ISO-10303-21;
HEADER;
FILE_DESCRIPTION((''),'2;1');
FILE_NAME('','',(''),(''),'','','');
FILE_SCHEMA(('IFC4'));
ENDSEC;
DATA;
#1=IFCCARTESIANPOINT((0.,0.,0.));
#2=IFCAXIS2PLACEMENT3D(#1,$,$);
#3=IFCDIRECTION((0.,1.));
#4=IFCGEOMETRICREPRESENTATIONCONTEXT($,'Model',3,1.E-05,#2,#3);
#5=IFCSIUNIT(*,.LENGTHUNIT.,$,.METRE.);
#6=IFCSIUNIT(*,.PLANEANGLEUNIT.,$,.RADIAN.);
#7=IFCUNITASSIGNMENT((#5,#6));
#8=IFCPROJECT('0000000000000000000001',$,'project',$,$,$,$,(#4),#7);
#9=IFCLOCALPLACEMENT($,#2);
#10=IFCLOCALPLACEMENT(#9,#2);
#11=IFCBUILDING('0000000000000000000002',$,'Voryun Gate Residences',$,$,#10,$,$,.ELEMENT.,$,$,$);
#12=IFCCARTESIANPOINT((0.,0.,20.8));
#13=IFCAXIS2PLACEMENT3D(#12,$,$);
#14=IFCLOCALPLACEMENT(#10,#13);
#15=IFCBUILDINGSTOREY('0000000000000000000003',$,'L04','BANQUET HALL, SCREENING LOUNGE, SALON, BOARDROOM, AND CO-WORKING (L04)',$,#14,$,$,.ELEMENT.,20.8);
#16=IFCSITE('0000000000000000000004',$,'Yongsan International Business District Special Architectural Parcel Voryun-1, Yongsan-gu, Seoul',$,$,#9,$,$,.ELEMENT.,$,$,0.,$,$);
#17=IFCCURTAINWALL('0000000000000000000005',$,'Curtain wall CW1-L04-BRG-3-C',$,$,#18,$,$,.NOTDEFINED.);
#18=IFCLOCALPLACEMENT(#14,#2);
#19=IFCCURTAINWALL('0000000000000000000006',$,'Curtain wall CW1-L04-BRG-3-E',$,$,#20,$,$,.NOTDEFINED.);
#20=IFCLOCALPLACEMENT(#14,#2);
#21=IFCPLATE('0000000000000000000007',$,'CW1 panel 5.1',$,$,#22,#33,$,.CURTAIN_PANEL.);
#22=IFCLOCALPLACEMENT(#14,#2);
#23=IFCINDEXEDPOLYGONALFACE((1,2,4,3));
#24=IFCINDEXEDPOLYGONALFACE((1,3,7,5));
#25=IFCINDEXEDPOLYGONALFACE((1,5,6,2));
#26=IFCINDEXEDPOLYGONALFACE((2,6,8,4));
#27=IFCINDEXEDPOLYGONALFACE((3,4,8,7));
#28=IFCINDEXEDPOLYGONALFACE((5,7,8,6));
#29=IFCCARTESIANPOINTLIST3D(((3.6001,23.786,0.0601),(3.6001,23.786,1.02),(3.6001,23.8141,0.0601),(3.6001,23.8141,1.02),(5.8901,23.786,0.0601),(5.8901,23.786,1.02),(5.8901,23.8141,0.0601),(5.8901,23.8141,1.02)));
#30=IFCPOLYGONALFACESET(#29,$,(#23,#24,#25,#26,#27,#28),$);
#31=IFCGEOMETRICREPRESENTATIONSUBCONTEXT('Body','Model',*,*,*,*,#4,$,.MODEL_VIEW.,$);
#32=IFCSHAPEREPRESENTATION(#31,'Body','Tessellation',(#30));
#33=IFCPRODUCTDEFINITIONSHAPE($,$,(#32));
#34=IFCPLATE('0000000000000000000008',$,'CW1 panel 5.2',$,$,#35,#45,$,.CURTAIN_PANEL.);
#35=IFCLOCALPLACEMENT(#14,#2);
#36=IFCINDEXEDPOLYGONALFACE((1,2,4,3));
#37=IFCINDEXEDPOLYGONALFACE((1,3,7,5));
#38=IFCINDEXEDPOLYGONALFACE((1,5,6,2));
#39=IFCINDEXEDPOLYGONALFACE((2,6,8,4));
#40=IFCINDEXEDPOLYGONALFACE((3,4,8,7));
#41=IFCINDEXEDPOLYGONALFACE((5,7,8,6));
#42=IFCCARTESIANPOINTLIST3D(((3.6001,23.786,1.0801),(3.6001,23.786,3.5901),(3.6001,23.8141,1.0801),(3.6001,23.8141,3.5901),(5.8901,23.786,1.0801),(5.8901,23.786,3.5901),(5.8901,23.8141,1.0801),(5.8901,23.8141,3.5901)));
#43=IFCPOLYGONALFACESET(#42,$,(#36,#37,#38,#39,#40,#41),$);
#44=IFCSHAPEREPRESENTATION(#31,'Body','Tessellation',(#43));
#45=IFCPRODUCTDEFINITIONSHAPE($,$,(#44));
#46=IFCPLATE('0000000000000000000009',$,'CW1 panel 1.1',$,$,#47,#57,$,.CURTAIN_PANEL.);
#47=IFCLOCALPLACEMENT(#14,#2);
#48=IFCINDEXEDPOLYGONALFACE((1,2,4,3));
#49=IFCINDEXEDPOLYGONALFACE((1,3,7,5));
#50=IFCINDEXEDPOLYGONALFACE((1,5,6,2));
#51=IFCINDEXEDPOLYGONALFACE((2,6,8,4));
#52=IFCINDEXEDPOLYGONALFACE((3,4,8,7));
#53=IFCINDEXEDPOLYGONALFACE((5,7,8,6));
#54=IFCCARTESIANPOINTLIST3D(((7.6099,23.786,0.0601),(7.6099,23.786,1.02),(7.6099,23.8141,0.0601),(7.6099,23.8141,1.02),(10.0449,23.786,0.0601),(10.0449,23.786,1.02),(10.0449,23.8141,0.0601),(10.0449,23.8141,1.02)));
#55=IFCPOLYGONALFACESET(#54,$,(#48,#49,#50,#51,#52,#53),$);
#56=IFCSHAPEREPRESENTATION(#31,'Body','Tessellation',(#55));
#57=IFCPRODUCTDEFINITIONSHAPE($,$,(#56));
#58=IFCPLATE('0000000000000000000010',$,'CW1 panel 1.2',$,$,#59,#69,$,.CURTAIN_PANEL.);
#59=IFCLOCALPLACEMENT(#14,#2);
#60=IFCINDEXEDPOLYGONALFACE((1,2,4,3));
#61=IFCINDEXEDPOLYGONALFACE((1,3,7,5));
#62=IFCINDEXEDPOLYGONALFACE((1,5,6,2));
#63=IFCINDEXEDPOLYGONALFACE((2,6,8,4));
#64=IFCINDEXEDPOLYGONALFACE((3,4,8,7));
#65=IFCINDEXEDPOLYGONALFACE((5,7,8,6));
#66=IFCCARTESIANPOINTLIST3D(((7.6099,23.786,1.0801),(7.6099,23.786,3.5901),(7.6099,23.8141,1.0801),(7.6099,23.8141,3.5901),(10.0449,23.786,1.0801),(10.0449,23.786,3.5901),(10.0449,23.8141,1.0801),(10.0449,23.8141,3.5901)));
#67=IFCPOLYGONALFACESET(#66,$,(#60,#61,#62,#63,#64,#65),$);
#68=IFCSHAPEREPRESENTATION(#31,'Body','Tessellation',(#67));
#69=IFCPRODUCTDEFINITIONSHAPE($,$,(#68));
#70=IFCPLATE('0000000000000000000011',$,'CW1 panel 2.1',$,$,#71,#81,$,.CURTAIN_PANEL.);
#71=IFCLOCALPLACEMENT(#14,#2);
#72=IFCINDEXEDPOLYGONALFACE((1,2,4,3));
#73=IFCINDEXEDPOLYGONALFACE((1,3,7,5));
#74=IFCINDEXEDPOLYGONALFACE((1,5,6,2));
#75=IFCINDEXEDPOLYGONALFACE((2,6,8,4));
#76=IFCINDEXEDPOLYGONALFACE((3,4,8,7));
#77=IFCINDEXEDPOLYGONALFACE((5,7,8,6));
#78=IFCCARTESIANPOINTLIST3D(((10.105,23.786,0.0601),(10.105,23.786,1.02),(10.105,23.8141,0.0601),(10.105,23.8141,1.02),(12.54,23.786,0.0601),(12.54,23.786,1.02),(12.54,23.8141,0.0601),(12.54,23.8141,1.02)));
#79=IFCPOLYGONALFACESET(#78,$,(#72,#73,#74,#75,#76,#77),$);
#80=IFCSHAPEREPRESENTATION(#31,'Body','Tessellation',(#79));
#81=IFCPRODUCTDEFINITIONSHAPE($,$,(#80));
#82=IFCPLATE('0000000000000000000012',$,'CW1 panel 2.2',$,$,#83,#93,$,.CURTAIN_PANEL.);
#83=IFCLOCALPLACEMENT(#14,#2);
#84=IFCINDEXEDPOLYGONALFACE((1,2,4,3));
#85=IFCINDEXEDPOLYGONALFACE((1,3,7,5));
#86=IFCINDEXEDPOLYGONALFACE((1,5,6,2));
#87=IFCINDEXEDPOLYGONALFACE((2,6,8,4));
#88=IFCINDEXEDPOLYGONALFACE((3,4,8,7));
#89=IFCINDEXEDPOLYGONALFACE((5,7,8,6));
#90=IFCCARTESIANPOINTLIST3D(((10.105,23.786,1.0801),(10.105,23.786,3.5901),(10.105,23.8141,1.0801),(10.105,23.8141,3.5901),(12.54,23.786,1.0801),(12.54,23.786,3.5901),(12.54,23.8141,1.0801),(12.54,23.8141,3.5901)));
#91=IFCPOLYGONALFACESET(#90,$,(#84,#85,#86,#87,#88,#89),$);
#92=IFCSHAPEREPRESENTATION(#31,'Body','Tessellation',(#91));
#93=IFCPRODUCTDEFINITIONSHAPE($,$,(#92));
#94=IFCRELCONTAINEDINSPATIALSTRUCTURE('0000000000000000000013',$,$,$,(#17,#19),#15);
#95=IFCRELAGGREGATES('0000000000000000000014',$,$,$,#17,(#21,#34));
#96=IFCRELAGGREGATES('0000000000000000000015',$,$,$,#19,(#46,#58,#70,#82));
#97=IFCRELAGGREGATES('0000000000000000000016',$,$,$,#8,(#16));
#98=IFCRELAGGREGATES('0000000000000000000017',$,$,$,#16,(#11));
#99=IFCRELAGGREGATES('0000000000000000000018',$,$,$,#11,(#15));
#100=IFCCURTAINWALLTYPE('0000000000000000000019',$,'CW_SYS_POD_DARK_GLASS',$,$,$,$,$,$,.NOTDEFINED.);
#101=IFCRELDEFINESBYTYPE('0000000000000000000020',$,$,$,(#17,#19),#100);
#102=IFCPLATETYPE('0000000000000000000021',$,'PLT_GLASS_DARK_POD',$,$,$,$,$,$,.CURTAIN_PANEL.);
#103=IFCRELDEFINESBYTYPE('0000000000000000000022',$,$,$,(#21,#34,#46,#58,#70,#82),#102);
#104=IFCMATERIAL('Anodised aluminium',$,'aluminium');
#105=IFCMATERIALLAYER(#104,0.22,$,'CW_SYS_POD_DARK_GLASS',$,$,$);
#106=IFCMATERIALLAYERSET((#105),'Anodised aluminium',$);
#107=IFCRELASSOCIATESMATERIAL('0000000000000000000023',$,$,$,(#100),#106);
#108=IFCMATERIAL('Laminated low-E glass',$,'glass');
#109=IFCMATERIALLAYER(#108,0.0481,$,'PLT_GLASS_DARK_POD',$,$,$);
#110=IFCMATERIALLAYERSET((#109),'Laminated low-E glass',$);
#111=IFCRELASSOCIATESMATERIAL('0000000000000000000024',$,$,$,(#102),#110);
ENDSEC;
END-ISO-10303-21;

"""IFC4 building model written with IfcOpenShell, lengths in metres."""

from ifc_helpers import new_model, si_unit, direction, frame, origin, origin_2d, place, context, subcontext, project, spatial, rectangle, extrude, material, layer, layer_set, type_object, element, aggregate, save


model = new_model("IFC4")

# Units and contexts
model_context = context("Model", 3, precision=1e-05, world=origin(), true_north=direction((0.0, 1.0)))
body_context = subcontext(model_context, "Body", "Model", "MODEL_VIEW")
ifc_project = project(units=[si_unit("LENGTHUNIT", "METRE"), si_unit("PLANEANGLEUNIT", "RADIAN")], contexts=[model_context])

# Site, building, storey
site_placement = place(None, origin())
site = spatial("IfcSite", under=ifc_project, at=site_placement, Name="Yongsan International Business District Special Architectural Parcel Voryun-1, Yongsan-gu, Seoul", CompositionType="ELEMENT", RefElevation=0.0)
building_placement = place(site_placement, origin())
building = spatial("IfcBuilding", under=site, at=building_placement, Name="Voryun Gate Residences", CompositionType="ELEMENT")
storey_placement = place(building_placement, frame((0.0, 0.0, 20.8)))
storey = spatial("IfcBuildingStorey", under=building, at=storey_placement, Name="L04", Description="BANQUET HALL, SCREENING LOUNGE, SALON, BOARDROOM, AND CO-WORKING (L04)", CompositionType="ELEMENT", Elevation=20.8)

# Curtain walls
ifc_material_1 = material(Name="Anodised aluminium", Category="aluminium")
ifc_layer_1 = layer(ifc_material_1, 0.22, Name="CW_SYS_POD_DARK_GLASS")
ifc_layer_set_1 = layer_set([ifc_layer_1], Name="Anodised aluminium")
curtain_wall_type = type_object("IfcCurtainWallType", Name="CW_SYS_POD_DARK_GLASS", PredefinedType="NOTDEFINED", material=ifc_layer_set_1)
curtain_wall_1_placement = place(storey_placement, origin())
curtain_wall_1 = element("IfcCurtainWall", 1, at=curtain_wall_1_placement, inside=storey, type_object=curtain_wall_type, Name="Curtain wall CW1-L04-BRG-3-C", PredefinedType="NOTDEFINED")
curtain_wall_2_placement = place(storey_placement, origin())
curtain_wall_2 = element("IfcCurtainWall", 2, at=curtain_wall_2_placement, inside=storey, type_object=curtain_wall_type, Name="Curtain wall CW1-L04-BRG-3-E", PredefinedType="NOTDEFINED")

# Plates
ifc_material_2 = material(Name="Laminated low-E glass", Category="glass")
ifc_layer_2 = layer(ifc_material_2, 0.0481, Name="PLT_GLASS_DARK_POD")
ifc_layer_set_2 = layer_set([ifc_layer_2], Name="Laminated low-E glass")
plate_type = type_object("IfcPlateType", Name="PLT_GLASS_DARK_POD", PredefinedType="CURTAIN_PANEL", material=ifc_layer_set_2)
plate_1_placement = place(storey_placement, frame((4.7451, 23.8, 0.0601), z_axis=(0.0, 0.0, 1.0), x_axis=(1.0, 0.0, 0.0)))
plate_1 = element("IfcPlate", 3, at=plate_1_placement, type_object=plate_type, Name="CW1 panel 5.1", PredefinedType="CURTAIN_PANEL", context=body_context, shape_type="SweptSolid", body=[
    extrude(rectangle(XDim=2.29, YDim=0.0281, at=origin_2d()), origin(), (0.0, 0.0, 1.0), 0.96),
])
plate_2_placement = place(storey_placement, frame((4.7451, 23.8, 1.0801), z_axis=(0.0, 0.0, 1.0), x_axis=(1.0, 0.0, 0.0)))
plate_2 = element("IfcPlate", 4, at=plate_2_placement, type_object=plate_type, Name="CW1 panel 5.2", PredefinedType="CURTAIN_PANEL", context=body_context, shape_type="SweptSolid", body=[
    extrude(rectangle(XDim=2.29, YDim=0.0281, at=origin_2d()), origin(), (0.0, 0.0, 1.0), 2.51),
])
aggregate(curtain_wall_1, [plate_1, plate_2])
plate_3_placement = place(storey_placement, frame((8.8274, 23.8, 0.0601), z_axis=(0.0, 0.0, 1.0), x_axis=(1.0, 0.0, 0.0)))
plate_3 = element("IfcPlate", 5, at=plate_3_placement, type_object=plate_type, Name="CW1 panel 1.1", PredefinedType="CURTAIN_PANEL", context=body_context, shape_type="SweptSolid", body=[
    extrude(rectangle(XDim=2.4351, YDim=0.0281, at=origin_2d()), origin(), (0.0, 0.0, 1.0), 0.96),
])
plate_4_placement = place(storey_placement, frame((8.8274, 23.8, 1.0801), z_axis=(0.0, 0.0, 1.0), x_axis=(1.0, 0.0, 0.0)))
plate_4 = element("IfcPlate", 6, at=plate_4_placement, type_object=plate_type, Name="CW1 panel 1.2", PredefinedType="CURTAIN_PANEL", context=body_context, shape_type="SweptSolid", body=[
    extrude(rectangle(XDim=2.4351, YDim=0.0281, at=origin_2d()), origin(), (0.0, 0.0, 1.0), 2.51),
])
plate_5_placement = place(storey_placement, frame((11.3225, 23.8, 0.0601), z_axis=(0.0, 0.0, 1.0), x_axis=(1.0, 0.0, 0.0)))
plate_5 = element("IfcPlate", 7, at=plate_5_placement, type_object=plate_type, Name="CW1 panel 2.1", PredefinedType="CURTAIN_PANEL", context=body_context, shape_type="SweptSolid", body=[
    extrude(rectangle(XDim=2.4351, YDim=0.0281, at=origin_2d()), origin(), (0.0, 0.0, 1.0), 0.96),
])
plate_6_placement = place(storey_placement, frame((11.3225, 23.8, 1.0801), z_axis=(0.0, 0.0, 1.0), x_axis=(1.0, 0.0, 0.0)))
plate_6 = element("IfcPlate", 8, at=plate_6_placement, type_object=plate_type, Name="CW1 panel 2.2", PredefinedType="CURTAIN_PANEL", context=body_context, shape_type="SweptSolid", body=[
    extrude(rectangle(XDim=2.4351, YDim=0.0281, at=origin_2d()), origin(), (0.0, 0.0, 1.0), 2.51),
])
aggregate(curtain_wall_2, [plate_3, plate_4, plate_5, plate_6])

save(model, "model.ifc")
